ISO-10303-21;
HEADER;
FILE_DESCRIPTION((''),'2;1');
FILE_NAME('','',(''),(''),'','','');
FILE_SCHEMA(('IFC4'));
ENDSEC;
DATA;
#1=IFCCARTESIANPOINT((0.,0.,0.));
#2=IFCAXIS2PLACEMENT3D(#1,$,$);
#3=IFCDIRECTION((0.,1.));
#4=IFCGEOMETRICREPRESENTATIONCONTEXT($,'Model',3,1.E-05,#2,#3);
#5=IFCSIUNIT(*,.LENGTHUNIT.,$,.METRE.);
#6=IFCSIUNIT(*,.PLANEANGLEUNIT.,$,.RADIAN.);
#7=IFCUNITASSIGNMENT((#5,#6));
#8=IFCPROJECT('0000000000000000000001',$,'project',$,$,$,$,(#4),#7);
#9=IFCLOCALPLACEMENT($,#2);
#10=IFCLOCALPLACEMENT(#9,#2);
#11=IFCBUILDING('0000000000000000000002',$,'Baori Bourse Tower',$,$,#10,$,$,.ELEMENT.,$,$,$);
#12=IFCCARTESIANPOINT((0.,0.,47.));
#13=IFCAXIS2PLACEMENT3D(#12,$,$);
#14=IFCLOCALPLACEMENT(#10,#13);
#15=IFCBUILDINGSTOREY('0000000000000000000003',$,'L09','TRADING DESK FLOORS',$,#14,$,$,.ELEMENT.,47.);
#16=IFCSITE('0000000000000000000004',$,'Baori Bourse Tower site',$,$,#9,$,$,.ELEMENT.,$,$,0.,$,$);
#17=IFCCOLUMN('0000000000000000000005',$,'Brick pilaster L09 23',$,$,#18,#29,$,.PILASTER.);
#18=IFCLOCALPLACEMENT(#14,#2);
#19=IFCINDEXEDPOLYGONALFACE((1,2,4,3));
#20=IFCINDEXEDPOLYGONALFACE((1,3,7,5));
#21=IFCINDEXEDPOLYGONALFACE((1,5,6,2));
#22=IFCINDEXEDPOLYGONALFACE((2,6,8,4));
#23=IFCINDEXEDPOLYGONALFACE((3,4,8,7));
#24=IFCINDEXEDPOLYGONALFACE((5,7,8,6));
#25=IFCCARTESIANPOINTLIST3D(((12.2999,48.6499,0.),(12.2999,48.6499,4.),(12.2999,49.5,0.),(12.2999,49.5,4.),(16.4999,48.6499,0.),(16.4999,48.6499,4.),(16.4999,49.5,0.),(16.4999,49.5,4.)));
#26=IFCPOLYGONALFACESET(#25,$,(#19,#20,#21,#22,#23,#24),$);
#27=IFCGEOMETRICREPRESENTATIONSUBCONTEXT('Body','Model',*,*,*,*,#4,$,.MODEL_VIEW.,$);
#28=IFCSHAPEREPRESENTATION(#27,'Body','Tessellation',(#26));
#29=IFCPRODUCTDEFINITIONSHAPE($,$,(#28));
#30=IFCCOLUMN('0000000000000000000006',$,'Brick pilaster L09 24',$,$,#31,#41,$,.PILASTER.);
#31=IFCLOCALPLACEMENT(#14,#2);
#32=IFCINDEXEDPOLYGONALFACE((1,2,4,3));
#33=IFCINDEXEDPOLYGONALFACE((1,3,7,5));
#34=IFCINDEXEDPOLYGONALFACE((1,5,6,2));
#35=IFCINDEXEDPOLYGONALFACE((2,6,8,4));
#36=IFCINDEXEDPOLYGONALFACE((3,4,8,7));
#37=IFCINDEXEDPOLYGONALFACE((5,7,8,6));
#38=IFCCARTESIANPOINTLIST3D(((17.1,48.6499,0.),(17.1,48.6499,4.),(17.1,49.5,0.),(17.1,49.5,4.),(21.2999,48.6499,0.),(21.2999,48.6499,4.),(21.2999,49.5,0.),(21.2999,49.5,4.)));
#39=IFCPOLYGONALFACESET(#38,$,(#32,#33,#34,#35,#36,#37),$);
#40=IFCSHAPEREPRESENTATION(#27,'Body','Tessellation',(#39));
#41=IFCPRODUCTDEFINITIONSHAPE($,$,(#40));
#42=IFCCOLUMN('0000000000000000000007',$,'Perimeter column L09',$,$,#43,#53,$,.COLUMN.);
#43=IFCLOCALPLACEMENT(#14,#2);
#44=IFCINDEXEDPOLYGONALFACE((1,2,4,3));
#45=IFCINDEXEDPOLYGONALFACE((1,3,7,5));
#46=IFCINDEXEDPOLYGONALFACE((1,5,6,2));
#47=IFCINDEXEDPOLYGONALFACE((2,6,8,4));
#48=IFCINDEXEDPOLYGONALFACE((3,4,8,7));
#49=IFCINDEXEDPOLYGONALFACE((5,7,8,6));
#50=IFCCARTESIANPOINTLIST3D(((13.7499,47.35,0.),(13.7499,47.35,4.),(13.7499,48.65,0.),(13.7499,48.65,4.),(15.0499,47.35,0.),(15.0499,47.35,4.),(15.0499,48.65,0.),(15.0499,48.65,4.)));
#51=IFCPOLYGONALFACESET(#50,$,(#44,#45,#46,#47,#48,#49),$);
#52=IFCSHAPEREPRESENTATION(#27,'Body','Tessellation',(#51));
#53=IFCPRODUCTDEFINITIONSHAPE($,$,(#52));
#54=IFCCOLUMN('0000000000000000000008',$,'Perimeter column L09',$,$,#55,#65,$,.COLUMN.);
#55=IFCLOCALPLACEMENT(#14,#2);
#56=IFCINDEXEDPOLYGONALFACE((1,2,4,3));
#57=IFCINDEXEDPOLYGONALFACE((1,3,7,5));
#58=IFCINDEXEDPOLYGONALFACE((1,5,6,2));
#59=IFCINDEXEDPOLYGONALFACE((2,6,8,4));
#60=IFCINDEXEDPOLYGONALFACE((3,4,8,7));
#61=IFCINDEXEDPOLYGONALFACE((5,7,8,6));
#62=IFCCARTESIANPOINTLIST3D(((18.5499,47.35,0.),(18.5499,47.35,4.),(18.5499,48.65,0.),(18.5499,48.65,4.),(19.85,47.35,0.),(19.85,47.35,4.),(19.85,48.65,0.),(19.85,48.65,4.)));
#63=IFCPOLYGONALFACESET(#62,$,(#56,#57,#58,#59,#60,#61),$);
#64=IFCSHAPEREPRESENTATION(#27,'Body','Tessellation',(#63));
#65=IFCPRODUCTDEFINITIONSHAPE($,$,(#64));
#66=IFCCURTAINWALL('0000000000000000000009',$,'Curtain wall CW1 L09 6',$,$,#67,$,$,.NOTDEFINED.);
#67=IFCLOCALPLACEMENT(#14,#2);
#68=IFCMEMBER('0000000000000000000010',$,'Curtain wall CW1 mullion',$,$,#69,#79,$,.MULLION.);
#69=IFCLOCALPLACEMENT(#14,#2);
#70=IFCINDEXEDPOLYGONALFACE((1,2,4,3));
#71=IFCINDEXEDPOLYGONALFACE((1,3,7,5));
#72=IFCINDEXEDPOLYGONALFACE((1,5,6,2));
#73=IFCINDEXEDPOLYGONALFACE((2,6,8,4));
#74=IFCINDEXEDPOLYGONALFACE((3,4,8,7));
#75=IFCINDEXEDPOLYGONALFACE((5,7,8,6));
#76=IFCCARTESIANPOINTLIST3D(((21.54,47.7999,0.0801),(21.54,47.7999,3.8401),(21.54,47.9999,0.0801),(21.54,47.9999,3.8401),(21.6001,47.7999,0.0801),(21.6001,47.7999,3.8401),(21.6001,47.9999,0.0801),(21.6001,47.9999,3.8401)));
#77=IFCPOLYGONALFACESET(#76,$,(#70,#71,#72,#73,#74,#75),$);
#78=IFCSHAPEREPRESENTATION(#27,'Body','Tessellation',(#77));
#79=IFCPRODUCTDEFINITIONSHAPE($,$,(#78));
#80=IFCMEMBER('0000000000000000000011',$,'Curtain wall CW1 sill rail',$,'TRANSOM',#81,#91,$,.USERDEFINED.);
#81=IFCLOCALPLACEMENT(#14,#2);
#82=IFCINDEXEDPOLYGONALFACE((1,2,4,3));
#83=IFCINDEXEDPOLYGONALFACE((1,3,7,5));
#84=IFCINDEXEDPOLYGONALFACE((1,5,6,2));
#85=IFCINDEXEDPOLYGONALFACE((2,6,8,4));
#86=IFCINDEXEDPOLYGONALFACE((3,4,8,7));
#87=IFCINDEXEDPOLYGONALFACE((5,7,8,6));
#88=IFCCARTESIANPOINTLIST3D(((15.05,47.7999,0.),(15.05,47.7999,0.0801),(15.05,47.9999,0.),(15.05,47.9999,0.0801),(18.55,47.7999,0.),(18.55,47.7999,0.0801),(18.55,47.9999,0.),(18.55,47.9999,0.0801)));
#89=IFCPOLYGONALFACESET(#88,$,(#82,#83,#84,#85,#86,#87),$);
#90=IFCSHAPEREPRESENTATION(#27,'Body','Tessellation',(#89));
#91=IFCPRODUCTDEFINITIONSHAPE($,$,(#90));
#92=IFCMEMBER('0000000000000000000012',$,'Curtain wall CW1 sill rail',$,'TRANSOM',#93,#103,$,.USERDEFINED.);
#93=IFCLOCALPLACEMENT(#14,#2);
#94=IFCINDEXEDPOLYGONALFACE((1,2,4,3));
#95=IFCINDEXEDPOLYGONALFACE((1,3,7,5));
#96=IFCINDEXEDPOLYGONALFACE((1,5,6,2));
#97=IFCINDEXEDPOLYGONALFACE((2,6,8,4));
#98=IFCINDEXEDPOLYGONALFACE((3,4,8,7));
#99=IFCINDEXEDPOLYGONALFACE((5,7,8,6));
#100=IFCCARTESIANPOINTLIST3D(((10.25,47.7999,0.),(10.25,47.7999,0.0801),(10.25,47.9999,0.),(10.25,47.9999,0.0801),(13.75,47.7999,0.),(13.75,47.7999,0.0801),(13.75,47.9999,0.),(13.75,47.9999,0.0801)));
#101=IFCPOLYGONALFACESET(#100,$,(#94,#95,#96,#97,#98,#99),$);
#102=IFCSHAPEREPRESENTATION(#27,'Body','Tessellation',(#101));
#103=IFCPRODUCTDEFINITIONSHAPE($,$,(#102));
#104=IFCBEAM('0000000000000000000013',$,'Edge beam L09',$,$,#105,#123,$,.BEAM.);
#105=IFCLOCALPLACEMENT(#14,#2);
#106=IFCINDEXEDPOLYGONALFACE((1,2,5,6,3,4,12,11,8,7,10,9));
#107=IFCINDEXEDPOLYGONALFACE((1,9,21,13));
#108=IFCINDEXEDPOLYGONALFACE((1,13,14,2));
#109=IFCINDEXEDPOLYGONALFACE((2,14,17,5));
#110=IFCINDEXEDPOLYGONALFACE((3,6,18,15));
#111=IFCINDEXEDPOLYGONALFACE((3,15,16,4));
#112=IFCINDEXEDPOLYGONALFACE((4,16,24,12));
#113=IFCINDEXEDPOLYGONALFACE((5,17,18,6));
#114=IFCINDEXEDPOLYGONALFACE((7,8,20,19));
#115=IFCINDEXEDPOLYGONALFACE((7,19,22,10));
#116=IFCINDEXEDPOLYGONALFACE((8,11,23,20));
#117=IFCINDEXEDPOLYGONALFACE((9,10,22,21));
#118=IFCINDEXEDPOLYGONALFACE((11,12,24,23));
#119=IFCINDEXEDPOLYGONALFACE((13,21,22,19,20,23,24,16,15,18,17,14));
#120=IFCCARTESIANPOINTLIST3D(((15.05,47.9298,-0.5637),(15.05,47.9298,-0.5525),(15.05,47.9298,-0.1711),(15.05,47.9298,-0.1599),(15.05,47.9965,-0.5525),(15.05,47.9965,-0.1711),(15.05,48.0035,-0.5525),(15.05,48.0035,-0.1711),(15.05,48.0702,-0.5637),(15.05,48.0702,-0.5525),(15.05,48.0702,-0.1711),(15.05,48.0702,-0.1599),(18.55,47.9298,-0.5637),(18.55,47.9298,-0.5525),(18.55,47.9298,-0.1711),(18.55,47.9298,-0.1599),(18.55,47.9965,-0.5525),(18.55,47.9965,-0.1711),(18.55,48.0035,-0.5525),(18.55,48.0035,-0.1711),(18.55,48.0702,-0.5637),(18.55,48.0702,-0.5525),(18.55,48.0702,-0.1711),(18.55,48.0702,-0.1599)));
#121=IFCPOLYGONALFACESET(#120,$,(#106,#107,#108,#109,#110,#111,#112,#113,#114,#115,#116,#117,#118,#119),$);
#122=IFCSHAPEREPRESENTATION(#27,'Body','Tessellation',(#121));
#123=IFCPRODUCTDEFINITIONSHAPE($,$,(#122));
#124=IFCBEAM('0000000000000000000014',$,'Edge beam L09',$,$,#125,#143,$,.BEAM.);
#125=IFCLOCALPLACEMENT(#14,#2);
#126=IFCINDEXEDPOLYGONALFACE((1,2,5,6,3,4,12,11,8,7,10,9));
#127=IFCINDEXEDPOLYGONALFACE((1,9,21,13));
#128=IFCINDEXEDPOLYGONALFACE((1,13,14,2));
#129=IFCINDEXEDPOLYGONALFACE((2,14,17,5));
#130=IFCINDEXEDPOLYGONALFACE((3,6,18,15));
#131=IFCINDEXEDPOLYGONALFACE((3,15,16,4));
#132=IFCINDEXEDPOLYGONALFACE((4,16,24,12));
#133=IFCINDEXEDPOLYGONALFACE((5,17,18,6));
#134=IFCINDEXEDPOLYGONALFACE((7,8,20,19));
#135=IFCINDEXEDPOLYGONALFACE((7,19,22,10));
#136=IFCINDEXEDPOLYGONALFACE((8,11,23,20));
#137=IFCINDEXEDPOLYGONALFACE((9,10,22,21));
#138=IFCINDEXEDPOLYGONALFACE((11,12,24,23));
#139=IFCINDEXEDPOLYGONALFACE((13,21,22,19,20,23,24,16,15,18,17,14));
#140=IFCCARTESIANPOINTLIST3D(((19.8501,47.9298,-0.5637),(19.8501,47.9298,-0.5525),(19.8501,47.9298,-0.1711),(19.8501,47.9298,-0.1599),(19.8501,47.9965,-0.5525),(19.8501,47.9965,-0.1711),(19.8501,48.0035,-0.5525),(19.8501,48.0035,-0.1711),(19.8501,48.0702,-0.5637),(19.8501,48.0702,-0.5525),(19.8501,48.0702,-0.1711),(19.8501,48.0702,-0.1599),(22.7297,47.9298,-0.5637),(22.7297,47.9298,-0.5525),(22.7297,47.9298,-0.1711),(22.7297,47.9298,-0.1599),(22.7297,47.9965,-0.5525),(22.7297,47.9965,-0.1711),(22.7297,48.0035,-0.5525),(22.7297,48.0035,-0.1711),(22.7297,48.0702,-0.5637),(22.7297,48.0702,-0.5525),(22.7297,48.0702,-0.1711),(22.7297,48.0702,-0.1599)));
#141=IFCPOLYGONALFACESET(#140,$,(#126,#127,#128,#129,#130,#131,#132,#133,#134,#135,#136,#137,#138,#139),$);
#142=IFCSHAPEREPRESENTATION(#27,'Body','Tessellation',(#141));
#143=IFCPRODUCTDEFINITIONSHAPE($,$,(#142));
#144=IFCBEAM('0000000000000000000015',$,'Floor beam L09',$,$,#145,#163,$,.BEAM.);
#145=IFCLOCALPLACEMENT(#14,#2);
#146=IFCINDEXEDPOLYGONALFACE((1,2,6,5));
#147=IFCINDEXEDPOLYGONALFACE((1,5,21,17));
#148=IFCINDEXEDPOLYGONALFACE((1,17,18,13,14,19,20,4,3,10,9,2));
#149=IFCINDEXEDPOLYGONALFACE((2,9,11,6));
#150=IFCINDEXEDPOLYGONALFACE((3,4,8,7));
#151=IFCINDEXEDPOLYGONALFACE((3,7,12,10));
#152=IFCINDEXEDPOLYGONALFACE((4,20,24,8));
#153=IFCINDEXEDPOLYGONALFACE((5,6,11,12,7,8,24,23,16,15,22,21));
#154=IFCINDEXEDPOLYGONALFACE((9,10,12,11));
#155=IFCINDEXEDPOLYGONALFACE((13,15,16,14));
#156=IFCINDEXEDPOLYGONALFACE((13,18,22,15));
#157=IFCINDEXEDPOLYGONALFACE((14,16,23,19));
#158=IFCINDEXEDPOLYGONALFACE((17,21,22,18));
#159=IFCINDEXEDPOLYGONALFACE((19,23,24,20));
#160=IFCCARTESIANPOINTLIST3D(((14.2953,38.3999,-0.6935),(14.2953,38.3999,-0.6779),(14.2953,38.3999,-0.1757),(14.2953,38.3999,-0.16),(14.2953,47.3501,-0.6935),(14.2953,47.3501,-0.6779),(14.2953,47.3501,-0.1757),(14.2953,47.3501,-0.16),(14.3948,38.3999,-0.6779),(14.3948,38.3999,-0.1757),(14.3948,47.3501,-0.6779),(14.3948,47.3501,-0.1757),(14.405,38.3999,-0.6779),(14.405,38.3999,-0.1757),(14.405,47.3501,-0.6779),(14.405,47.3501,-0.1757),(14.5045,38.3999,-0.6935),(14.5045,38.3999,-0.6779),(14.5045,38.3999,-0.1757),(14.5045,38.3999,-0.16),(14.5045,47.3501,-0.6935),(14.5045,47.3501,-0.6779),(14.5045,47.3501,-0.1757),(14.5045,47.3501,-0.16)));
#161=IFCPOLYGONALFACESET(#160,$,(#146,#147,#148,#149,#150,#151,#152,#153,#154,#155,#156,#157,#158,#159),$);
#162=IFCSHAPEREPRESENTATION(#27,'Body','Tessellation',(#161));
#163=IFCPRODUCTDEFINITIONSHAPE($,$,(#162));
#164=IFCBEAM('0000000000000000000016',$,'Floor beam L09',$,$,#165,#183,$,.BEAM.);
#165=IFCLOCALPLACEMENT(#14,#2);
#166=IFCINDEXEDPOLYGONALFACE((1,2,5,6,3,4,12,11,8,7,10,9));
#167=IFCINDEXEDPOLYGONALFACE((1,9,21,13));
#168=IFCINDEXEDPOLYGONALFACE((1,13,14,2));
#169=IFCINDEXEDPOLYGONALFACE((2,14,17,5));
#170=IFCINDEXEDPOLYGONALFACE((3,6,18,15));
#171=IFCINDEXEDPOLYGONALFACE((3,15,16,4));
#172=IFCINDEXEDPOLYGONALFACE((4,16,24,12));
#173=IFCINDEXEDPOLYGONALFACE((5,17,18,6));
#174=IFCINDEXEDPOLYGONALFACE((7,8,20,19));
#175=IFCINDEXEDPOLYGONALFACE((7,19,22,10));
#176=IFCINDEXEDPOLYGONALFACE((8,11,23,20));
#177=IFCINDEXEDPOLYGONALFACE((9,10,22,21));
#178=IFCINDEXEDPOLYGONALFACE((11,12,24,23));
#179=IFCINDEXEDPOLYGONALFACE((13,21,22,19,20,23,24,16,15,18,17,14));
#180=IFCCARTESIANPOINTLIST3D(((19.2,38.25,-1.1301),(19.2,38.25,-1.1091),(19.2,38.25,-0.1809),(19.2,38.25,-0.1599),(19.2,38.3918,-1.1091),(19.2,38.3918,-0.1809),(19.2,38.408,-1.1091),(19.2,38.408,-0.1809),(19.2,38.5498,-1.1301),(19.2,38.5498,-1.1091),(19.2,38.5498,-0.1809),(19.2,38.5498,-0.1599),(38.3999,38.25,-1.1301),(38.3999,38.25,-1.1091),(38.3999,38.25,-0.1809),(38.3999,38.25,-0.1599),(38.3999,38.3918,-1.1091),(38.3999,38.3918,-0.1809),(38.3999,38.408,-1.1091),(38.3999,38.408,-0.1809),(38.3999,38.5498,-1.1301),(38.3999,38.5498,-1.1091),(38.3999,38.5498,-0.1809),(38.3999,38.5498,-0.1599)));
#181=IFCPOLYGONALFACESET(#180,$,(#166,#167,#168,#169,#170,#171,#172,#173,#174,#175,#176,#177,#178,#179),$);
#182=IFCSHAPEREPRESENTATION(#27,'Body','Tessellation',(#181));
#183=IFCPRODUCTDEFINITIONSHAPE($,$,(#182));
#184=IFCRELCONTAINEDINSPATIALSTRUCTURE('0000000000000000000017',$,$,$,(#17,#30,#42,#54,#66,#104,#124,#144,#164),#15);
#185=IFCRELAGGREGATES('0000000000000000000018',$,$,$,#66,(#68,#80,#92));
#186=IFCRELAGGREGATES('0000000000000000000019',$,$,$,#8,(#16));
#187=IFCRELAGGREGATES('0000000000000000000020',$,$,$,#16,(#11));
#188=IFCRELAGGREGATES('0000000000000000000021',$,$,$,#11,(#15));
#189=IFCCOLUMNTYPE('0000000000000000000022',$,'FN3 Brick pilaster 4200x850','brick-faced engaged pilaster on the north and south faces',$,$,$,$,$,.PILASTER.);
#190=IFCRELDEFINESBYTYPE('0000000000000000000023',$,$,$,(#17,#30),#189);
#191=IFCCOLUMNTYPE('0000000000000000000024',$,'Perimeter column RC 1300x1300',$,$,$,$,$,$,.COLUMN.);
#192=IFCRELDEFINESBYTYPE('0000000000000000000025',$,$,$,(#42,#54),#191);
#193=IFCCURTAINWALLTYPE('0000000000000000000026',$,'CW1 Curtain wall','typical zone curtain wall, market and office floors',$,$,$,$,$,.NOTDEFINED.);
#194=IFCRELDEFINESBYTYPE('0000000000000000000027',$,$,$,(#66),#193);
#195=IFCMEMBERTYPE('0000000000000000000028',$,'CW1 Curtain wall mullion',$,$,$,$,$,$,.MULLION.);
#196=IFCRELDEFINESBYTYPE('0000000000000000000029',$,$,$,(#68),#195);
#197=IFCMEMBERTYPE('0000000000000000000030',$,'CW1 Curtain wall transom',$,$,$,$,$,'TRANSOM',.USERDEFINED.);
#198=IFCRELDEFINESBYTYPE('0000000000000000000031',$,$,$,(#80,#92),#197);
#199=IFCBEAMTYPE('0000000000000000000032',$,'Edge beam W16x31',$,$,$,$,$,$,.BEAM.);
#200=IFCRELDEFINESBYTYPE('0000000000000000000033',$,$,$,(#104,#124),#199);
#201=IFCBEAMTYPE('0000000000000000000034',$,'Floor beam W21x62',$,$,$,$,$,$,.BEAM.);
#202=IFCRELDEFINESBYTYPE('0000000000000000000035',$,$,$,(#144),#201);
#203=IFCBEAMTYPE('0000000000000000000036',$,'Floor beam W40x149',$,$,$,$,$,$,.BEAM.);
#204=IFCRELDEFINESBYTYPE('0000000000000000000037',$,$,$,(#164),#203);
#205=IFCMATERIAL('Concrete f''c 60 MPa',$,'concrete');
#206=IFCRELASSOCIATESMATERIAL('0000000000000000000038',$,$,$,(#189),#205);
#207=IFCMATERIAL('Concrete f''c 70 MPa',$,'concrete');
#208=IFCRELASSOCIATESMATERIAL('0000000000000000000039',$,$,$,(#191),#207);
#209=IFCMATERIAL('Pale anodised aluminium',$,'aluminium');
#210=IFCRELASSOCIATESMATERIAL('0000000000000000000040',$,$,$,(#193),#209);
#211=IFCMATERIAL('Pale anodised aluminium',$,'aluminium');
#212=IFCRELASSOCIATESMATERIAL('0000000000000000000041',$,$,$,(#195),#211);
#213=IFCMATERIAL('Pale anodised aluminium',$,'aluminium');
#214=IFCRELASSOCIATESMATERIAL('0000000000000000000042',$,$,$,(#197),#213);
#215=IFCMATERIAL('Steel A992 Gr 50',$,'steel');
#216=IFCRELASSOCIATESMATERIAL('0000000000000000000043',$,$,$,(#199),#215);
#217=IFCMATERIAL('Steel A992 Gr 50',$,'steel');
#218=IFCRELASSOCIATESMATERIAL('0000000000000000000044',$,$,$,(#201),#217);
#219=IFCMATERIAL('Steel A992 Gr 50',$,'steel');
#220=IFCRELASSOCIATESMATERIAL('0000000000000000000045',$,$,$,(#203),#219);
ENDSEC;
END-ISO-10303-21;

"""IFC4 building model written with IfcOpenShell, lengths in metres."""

from ifc_helpers import new_model, si_unit, direction, frame, origin, origin_2d, place, context, subcontext, project, spatial, rectangle, i_section, extrude, material, material_profile, profile_set, type_object, element, aggregate, save


model = new_model("IFC4")

# Units and contexts
model_context = context("Model", 3, precision=1e-05, world=origin(), true_north=direction((0.0, 1.0)))
body_context = subcontext(model_context, "Body", "Model", "MODEL_VIEW")
ifc_project = project(units=[si_unit("LENGTHUNIT", "METRE"), si_unit("PLANEANGLEUNIT", "RADIAN")], contexts=[model_context])

# Site, building, storey
site_placement = place(None, origin())
site = spatial("IfcSite", under=ifc_project, at=site_placement, Name="Baori Bourse Tower site", CompositionType="ELEMENT", RefElevation=0.0)
building_placement = place(site_placement, origin())
building = spatial("IfcBuilding", under=site, at=building_placement, Name="Baori Bourse Tower", CompositionType="ELEMENT")
storey_placement = place(building_placement, frame((0.0, 0.0, 47.0)))
storey = spatial("IfcBuildingStorey", under=building, at=storey_placement, Name="L09", Description="TRADING DESK FLOORS", CompositionType="ELEMENT", Elevation=47.0)

# Columns
ifc_material_1 = material(Name="Concrete f'c 60 MPa", Category="concrete")
ifc_material_profile_1 = material_profile(ifc_material_1, rectangle(XDim=4.2, YDim=0.8501, at=origin_2d()), Name="RC 4200x850")
ifc_profile_set_1 = profile_set([ifc_material_profile_1], Name="Concrete f'c 60 MPa")
column_type_1 = type_object("IfcColumnType", Name="FN3 Brick pilaster 4200x850", Description="brick-faced engaged pilaster on the north and south faces", PredefinedType="PILASTER", material=ifc_profile_set_1)
for number, where, z_axis, x_axis, name in (
    (1, (14.3999, 49.075, 0.0), (0.0, 0.0, 1.0), (1.0, 0.0, 0.0), "Brick pilaster L09 23"),
    (2, (19.2, 49.075, 0.0), (0.0, 0.0, 1.0), (1.0, 0.0, 0.0), "Brick pilaster L09 24"),
):
    element("IfcColumn", number, at=place(storey_placement, frame(where, z_axis=z_axis, x_axis=x_axis)), inside=storey, type_object=column_type_1, Name=name, PredefinedType="PILASTER", context=body_context, shape_type="SweptSolid", body=[
        extrude(rectangle(XDim=4.2, YDim=0.8501, at=origin_2d()), origin(), (0.0, 0.0, 1.0), 4.0),
    ])
ifc_material_2 = material(Name="Concrete f'c 70 MPa", Category="concrete")
ifc_material_profile_2 = material_profile(ifc_material_2, rectangle(XDim=1.3, YDim=1.3, at=origin_2d()), Name="RC 1300x1300")
ifc_profile_set_2 = profile_set([ifc_material_profile_2], Name="Concrete f'c 70 MPa")
column_type_2 = type_object("IfcColumnType", Name="Perimeter column RC 1300x1300", PredefinedType="COLUMN", material=ifc_profile_set_2)
for number, where, z_axis, x_axis, name in (
    (3, (14.3999, 48.0, 0.0), (0.0, 0.0, 1.0), (1.0, 0.0, 0.0), "Perimeter column L09"),
    (4, (19.2, 48.0, 0.0), (0.0, 0.0, 1.0), (1.0, 0.0, 0.0), "Perimeter column L09"),
):
    element("IfcColumn", number, at=place(storey_placement, frame(where, z_axis=z_axis, x_axis=x_axis)), inside=storey, type_object=column_type_2, Name=name, PredefinedType="COLUMN", context=body_context, shape_type="SweptSolid", body=[
        extrude(rectangle(XDim=1.3, YDim=1.3, at=origin_2d()), origin(), (0.0, 0.0, 1.0), 4.0),
    ])

# Curtain wall, members
ifc_material_3 = material(Name="Pale anodised aluminium", Category="aluminium")
curtain_wall_type = type_object("IfcCurtainWallType", Name="CW1 Curtain wall", Description="typical zone curtain wall, market and office floors", PredefinedType="NOTDEFINED", material=ifc_material_3)
curtain_wall_placement = place(storey_placement, origin())
curtain_wall = element("IfcCurtainWall", 5, at=curtain_wall_placement, inside=storey, type_object=curtain_wall_type, Name="Curtain wall CW1 L09 6", PredefinedType="NOTDEFINED")
ifc_material_4 = material(Name="Pale anodised aluminium", Category="aluminium")
ifc_material_profile_3 = material_profile(ifc_material_4, rectangle(XDim=0.2, YDim=0.0601, at=origin_2d()), Name="Mullion 60x200")
ifc_profile_set_3 = profile_set([ifc_material_profile_3], Name="Pale anodised aluminium")
member_type_1 = type_object("IfcMemberType", Name="CW1 Curtain wall mullion", PredefinedType="MULLION", material=ifc_profile_set_3)
member_1_placement = place(storey_placement, frame((21.5701, 47.8999, 0.0801), z_axis=(0.0, 0.0, 1.0), x_axis=(0.0, -1.0, 0.0)))
member_1 = element("IfcMember", 6, at=member_1_placement, type_object=member_type_1, Name="Curtain wall CW1 mullion", PredefinedType="MULLION", context=body_context, shape_type="SweptSolid", body=[
    extrude(rectangle(XDim=0.2, YDim=0.0601, at=origin_2d()), origin(), (0.0, 0.0, 1.0), 3.76),
])
ifc_material_5 = material(Name="Pale anodised aluminium", Category="aluminium")
ifc_material_profile_4 = material_profile(ifc_material_5, rectangle(XDim=0.2, YDim=0.0801, at=origin_2d()), Name="Transom 80x200")
ifc_profile_set_4 = profile_set([ifc_material_profile_4], Name="Pale anodised aluminium")
member_type_2 = type_object("IfcMemberType", Name="CW1 Curtain wall transom", ElementType="TRANSOM", PredefinedType="USERDEFINED", material=ifc_profile_set_4)
member_2_placement = place(storey_placement, frame((18.55, 47.8999, 0.04), z_axis=(-1.0, 0.0, 0.0), x_axis=(0.0, -1.0, 0.0)))
member_2 = element("IfcMember", 7, at=member_2_placement, type_object=member_type_2, Name="Curtain wall CW1 sill rail", ObjectType="TRANSOM", PredefinedType="USERDEFINED", context=body_context, shape_type="SweptSolid", body=[
    extrude(rectangle(XDim=0.2, YDim=0.0801, at=origin_2d()), origin(), (0.0, 0.0, 1.0), 3.5),
])
member_3_placement = place(storey_placement, frame((13.75, 47.8999, 0.04), z_axis=(-1.0, 0.0, 0.0), x_axis=(0.0, -1.0, 0.0)))
member_3 = element("IfcMember", 8, at=member_3_placement, type_object=member_type_2, Name="Curtain wall CW1 sill rail", ObjectType="TRANSOM", PredefinedType="USERDEFINED", context=body_context, shape_type="SweptSolid", body=[
    extrude(rectangle(XDim=0.2, YDim=0.0801, at=origin_2d()), origin(), (0.0, 0.0, 1.0), 3.5),
])

# Beams
ifc_material_6 = material(Name="Steel A992 Gr 50", Category="steel")
ifc_material_profile_5 = material_profile(ifc_material_6, i_section(OverallWidth=0.1404, OverallDepth=0.4038, WebThickness=0.0071, FlangeThickness=0.0112, at=origin_2d()), Name="W16x31")
ifc_profile_set_5 = profile_set([ifc_material_profile_5], Name="Steel A992 Gr 50")
beam_type_1 = type_object("IfcBeamType", Name="Edge beam W16x31", PredefinedType="BEAM", material=ifc_profile_set_5)
beam_1_placement = place(storey_placement, frame((15.05, 48.0, -0.3618), z_axis=(1.0, 0.0, 0.0), x_axis=(0.0, 1.0, 0.0)))
element("IfcBeam", 9, at=beam_1_placement, inside=storey, type_object=beam_type_1, Name="Edge beam L09", PredefinedType="BEAM", context=body_context, shape_type="SweptSolid", body=[
    extrude(i_section(OverallWidth=0.1404, OverallDepth=0.4038, WebThickness=0.0071, FlangeThickness=0.0112, at=origin_2d()), origin(), (0.0, 0.0, 1.0), 3.5),
])
beam_2_placement = place(storey_placement, frame((19.8501, 48.0, -0.3618), z_axis=(1.0, 0.0, 0.0), x_axis=(0.0, 1.0, 0.0)))
element("IfcBeam", 10, at=beam_2_placement, inside=storey, type_object=beam_type_1, Name="Edge beam L09", PredefinedType="BEAM", context=body_context, shape_type="SweptSolid", body=[
    extrude(i_section(OverallWidth=0.1404, OverallDepth=0.4038, WebThickness=0.0071, FlangeThickness=0.0112, at=origin_2d()), origin(), (0.0, 0.0, 1.0), 2.8796),
])
ifc_material_7 = material(Name="Steel A992 Gr 50", Category="steel")
ifc_material_profile_6 = material_profile(ifc_material_7, i_section(OverallWidth=0.2092, OverallDepth=0.5334, WebThickness=0.0103, FlangeThickness=0.0156, at=origin_2d()), Name="W21x62")
ifc_profile_set_6 = profile_set([ifc_material_profile_6], Name="Steel A992 Gr 50")
beam_type_2 = type_object("IfcBeamType", Name="Floor beam W21x62", PredefinedType="BEAM", material=ifc_profile_set_6)
beam_3_placement = place(storey_placement, frame((14.3999, 38.3999, -0.4268), z_axis=(0.0, 1.0, 0.0), x_axis=(-1.0, 0.0, 0.0)))
element("IfcBeam", 11, at=beam_3_placement, inside=storey, type_object=beam_type_2, Name="Floor beam L09", PredefinedType="BEAM", context=body_context, shape_type="SweptSolid", body=[
    extrude(i_section(OverallWidth=0.2092, OverallDepth=0.5334, WebThickness=0.0103, FlangeThickness=0.0156, at=origin_2d()), origin(), (0.0, 0.0, 1.0), 8.9502),
])
ifc_material_8 = material(Name="Steel A992 Gr 50", Category="steel")
ifc_material_profile_7 = material_profile(ifc_material_8, i_section(OverallWidth=0.2998, OverallDepth=0.9702, WebThickness=0.0161, FlangeThickness=0.021, at=origin_2d()), Name="W40x149")
ifc_profile_set_7 = profile_set([ifc_material_profile_7], Name="Steel A992 Gr 50")
beam_type_3 = type_object("IfcBeamType", Name="Floor beam W40x149", PredefinedType="BEAM", material=ifc_profile_set_7)
beam_4_placement = place(storey_placement, frame((19.2, 38.3999, -0.645), z_axis=(1.0, 0.0, 0.0), x_axis=(0.0, 1.0, 0.0)))
element("IfcBeam", 12, at=beam_4_placement, inside=storey, type_object=beam_type_3, Name="Floor beam L09", PredefinedType="BEAM", context=body_context, shape_type="SweptSolid", body=[
    extrude(i_section(OverallWidth=0.2998, OverallDepth=0.9702, WebThickness=0.0161, FlangeThickness=0.021, at=origin_2d()), origin(), (0.0, 0.0, 1.0), 19.2),
])

aggregate(curtain_wall, [member_1, member_2, member_3])

save(model, "model.ifc")
